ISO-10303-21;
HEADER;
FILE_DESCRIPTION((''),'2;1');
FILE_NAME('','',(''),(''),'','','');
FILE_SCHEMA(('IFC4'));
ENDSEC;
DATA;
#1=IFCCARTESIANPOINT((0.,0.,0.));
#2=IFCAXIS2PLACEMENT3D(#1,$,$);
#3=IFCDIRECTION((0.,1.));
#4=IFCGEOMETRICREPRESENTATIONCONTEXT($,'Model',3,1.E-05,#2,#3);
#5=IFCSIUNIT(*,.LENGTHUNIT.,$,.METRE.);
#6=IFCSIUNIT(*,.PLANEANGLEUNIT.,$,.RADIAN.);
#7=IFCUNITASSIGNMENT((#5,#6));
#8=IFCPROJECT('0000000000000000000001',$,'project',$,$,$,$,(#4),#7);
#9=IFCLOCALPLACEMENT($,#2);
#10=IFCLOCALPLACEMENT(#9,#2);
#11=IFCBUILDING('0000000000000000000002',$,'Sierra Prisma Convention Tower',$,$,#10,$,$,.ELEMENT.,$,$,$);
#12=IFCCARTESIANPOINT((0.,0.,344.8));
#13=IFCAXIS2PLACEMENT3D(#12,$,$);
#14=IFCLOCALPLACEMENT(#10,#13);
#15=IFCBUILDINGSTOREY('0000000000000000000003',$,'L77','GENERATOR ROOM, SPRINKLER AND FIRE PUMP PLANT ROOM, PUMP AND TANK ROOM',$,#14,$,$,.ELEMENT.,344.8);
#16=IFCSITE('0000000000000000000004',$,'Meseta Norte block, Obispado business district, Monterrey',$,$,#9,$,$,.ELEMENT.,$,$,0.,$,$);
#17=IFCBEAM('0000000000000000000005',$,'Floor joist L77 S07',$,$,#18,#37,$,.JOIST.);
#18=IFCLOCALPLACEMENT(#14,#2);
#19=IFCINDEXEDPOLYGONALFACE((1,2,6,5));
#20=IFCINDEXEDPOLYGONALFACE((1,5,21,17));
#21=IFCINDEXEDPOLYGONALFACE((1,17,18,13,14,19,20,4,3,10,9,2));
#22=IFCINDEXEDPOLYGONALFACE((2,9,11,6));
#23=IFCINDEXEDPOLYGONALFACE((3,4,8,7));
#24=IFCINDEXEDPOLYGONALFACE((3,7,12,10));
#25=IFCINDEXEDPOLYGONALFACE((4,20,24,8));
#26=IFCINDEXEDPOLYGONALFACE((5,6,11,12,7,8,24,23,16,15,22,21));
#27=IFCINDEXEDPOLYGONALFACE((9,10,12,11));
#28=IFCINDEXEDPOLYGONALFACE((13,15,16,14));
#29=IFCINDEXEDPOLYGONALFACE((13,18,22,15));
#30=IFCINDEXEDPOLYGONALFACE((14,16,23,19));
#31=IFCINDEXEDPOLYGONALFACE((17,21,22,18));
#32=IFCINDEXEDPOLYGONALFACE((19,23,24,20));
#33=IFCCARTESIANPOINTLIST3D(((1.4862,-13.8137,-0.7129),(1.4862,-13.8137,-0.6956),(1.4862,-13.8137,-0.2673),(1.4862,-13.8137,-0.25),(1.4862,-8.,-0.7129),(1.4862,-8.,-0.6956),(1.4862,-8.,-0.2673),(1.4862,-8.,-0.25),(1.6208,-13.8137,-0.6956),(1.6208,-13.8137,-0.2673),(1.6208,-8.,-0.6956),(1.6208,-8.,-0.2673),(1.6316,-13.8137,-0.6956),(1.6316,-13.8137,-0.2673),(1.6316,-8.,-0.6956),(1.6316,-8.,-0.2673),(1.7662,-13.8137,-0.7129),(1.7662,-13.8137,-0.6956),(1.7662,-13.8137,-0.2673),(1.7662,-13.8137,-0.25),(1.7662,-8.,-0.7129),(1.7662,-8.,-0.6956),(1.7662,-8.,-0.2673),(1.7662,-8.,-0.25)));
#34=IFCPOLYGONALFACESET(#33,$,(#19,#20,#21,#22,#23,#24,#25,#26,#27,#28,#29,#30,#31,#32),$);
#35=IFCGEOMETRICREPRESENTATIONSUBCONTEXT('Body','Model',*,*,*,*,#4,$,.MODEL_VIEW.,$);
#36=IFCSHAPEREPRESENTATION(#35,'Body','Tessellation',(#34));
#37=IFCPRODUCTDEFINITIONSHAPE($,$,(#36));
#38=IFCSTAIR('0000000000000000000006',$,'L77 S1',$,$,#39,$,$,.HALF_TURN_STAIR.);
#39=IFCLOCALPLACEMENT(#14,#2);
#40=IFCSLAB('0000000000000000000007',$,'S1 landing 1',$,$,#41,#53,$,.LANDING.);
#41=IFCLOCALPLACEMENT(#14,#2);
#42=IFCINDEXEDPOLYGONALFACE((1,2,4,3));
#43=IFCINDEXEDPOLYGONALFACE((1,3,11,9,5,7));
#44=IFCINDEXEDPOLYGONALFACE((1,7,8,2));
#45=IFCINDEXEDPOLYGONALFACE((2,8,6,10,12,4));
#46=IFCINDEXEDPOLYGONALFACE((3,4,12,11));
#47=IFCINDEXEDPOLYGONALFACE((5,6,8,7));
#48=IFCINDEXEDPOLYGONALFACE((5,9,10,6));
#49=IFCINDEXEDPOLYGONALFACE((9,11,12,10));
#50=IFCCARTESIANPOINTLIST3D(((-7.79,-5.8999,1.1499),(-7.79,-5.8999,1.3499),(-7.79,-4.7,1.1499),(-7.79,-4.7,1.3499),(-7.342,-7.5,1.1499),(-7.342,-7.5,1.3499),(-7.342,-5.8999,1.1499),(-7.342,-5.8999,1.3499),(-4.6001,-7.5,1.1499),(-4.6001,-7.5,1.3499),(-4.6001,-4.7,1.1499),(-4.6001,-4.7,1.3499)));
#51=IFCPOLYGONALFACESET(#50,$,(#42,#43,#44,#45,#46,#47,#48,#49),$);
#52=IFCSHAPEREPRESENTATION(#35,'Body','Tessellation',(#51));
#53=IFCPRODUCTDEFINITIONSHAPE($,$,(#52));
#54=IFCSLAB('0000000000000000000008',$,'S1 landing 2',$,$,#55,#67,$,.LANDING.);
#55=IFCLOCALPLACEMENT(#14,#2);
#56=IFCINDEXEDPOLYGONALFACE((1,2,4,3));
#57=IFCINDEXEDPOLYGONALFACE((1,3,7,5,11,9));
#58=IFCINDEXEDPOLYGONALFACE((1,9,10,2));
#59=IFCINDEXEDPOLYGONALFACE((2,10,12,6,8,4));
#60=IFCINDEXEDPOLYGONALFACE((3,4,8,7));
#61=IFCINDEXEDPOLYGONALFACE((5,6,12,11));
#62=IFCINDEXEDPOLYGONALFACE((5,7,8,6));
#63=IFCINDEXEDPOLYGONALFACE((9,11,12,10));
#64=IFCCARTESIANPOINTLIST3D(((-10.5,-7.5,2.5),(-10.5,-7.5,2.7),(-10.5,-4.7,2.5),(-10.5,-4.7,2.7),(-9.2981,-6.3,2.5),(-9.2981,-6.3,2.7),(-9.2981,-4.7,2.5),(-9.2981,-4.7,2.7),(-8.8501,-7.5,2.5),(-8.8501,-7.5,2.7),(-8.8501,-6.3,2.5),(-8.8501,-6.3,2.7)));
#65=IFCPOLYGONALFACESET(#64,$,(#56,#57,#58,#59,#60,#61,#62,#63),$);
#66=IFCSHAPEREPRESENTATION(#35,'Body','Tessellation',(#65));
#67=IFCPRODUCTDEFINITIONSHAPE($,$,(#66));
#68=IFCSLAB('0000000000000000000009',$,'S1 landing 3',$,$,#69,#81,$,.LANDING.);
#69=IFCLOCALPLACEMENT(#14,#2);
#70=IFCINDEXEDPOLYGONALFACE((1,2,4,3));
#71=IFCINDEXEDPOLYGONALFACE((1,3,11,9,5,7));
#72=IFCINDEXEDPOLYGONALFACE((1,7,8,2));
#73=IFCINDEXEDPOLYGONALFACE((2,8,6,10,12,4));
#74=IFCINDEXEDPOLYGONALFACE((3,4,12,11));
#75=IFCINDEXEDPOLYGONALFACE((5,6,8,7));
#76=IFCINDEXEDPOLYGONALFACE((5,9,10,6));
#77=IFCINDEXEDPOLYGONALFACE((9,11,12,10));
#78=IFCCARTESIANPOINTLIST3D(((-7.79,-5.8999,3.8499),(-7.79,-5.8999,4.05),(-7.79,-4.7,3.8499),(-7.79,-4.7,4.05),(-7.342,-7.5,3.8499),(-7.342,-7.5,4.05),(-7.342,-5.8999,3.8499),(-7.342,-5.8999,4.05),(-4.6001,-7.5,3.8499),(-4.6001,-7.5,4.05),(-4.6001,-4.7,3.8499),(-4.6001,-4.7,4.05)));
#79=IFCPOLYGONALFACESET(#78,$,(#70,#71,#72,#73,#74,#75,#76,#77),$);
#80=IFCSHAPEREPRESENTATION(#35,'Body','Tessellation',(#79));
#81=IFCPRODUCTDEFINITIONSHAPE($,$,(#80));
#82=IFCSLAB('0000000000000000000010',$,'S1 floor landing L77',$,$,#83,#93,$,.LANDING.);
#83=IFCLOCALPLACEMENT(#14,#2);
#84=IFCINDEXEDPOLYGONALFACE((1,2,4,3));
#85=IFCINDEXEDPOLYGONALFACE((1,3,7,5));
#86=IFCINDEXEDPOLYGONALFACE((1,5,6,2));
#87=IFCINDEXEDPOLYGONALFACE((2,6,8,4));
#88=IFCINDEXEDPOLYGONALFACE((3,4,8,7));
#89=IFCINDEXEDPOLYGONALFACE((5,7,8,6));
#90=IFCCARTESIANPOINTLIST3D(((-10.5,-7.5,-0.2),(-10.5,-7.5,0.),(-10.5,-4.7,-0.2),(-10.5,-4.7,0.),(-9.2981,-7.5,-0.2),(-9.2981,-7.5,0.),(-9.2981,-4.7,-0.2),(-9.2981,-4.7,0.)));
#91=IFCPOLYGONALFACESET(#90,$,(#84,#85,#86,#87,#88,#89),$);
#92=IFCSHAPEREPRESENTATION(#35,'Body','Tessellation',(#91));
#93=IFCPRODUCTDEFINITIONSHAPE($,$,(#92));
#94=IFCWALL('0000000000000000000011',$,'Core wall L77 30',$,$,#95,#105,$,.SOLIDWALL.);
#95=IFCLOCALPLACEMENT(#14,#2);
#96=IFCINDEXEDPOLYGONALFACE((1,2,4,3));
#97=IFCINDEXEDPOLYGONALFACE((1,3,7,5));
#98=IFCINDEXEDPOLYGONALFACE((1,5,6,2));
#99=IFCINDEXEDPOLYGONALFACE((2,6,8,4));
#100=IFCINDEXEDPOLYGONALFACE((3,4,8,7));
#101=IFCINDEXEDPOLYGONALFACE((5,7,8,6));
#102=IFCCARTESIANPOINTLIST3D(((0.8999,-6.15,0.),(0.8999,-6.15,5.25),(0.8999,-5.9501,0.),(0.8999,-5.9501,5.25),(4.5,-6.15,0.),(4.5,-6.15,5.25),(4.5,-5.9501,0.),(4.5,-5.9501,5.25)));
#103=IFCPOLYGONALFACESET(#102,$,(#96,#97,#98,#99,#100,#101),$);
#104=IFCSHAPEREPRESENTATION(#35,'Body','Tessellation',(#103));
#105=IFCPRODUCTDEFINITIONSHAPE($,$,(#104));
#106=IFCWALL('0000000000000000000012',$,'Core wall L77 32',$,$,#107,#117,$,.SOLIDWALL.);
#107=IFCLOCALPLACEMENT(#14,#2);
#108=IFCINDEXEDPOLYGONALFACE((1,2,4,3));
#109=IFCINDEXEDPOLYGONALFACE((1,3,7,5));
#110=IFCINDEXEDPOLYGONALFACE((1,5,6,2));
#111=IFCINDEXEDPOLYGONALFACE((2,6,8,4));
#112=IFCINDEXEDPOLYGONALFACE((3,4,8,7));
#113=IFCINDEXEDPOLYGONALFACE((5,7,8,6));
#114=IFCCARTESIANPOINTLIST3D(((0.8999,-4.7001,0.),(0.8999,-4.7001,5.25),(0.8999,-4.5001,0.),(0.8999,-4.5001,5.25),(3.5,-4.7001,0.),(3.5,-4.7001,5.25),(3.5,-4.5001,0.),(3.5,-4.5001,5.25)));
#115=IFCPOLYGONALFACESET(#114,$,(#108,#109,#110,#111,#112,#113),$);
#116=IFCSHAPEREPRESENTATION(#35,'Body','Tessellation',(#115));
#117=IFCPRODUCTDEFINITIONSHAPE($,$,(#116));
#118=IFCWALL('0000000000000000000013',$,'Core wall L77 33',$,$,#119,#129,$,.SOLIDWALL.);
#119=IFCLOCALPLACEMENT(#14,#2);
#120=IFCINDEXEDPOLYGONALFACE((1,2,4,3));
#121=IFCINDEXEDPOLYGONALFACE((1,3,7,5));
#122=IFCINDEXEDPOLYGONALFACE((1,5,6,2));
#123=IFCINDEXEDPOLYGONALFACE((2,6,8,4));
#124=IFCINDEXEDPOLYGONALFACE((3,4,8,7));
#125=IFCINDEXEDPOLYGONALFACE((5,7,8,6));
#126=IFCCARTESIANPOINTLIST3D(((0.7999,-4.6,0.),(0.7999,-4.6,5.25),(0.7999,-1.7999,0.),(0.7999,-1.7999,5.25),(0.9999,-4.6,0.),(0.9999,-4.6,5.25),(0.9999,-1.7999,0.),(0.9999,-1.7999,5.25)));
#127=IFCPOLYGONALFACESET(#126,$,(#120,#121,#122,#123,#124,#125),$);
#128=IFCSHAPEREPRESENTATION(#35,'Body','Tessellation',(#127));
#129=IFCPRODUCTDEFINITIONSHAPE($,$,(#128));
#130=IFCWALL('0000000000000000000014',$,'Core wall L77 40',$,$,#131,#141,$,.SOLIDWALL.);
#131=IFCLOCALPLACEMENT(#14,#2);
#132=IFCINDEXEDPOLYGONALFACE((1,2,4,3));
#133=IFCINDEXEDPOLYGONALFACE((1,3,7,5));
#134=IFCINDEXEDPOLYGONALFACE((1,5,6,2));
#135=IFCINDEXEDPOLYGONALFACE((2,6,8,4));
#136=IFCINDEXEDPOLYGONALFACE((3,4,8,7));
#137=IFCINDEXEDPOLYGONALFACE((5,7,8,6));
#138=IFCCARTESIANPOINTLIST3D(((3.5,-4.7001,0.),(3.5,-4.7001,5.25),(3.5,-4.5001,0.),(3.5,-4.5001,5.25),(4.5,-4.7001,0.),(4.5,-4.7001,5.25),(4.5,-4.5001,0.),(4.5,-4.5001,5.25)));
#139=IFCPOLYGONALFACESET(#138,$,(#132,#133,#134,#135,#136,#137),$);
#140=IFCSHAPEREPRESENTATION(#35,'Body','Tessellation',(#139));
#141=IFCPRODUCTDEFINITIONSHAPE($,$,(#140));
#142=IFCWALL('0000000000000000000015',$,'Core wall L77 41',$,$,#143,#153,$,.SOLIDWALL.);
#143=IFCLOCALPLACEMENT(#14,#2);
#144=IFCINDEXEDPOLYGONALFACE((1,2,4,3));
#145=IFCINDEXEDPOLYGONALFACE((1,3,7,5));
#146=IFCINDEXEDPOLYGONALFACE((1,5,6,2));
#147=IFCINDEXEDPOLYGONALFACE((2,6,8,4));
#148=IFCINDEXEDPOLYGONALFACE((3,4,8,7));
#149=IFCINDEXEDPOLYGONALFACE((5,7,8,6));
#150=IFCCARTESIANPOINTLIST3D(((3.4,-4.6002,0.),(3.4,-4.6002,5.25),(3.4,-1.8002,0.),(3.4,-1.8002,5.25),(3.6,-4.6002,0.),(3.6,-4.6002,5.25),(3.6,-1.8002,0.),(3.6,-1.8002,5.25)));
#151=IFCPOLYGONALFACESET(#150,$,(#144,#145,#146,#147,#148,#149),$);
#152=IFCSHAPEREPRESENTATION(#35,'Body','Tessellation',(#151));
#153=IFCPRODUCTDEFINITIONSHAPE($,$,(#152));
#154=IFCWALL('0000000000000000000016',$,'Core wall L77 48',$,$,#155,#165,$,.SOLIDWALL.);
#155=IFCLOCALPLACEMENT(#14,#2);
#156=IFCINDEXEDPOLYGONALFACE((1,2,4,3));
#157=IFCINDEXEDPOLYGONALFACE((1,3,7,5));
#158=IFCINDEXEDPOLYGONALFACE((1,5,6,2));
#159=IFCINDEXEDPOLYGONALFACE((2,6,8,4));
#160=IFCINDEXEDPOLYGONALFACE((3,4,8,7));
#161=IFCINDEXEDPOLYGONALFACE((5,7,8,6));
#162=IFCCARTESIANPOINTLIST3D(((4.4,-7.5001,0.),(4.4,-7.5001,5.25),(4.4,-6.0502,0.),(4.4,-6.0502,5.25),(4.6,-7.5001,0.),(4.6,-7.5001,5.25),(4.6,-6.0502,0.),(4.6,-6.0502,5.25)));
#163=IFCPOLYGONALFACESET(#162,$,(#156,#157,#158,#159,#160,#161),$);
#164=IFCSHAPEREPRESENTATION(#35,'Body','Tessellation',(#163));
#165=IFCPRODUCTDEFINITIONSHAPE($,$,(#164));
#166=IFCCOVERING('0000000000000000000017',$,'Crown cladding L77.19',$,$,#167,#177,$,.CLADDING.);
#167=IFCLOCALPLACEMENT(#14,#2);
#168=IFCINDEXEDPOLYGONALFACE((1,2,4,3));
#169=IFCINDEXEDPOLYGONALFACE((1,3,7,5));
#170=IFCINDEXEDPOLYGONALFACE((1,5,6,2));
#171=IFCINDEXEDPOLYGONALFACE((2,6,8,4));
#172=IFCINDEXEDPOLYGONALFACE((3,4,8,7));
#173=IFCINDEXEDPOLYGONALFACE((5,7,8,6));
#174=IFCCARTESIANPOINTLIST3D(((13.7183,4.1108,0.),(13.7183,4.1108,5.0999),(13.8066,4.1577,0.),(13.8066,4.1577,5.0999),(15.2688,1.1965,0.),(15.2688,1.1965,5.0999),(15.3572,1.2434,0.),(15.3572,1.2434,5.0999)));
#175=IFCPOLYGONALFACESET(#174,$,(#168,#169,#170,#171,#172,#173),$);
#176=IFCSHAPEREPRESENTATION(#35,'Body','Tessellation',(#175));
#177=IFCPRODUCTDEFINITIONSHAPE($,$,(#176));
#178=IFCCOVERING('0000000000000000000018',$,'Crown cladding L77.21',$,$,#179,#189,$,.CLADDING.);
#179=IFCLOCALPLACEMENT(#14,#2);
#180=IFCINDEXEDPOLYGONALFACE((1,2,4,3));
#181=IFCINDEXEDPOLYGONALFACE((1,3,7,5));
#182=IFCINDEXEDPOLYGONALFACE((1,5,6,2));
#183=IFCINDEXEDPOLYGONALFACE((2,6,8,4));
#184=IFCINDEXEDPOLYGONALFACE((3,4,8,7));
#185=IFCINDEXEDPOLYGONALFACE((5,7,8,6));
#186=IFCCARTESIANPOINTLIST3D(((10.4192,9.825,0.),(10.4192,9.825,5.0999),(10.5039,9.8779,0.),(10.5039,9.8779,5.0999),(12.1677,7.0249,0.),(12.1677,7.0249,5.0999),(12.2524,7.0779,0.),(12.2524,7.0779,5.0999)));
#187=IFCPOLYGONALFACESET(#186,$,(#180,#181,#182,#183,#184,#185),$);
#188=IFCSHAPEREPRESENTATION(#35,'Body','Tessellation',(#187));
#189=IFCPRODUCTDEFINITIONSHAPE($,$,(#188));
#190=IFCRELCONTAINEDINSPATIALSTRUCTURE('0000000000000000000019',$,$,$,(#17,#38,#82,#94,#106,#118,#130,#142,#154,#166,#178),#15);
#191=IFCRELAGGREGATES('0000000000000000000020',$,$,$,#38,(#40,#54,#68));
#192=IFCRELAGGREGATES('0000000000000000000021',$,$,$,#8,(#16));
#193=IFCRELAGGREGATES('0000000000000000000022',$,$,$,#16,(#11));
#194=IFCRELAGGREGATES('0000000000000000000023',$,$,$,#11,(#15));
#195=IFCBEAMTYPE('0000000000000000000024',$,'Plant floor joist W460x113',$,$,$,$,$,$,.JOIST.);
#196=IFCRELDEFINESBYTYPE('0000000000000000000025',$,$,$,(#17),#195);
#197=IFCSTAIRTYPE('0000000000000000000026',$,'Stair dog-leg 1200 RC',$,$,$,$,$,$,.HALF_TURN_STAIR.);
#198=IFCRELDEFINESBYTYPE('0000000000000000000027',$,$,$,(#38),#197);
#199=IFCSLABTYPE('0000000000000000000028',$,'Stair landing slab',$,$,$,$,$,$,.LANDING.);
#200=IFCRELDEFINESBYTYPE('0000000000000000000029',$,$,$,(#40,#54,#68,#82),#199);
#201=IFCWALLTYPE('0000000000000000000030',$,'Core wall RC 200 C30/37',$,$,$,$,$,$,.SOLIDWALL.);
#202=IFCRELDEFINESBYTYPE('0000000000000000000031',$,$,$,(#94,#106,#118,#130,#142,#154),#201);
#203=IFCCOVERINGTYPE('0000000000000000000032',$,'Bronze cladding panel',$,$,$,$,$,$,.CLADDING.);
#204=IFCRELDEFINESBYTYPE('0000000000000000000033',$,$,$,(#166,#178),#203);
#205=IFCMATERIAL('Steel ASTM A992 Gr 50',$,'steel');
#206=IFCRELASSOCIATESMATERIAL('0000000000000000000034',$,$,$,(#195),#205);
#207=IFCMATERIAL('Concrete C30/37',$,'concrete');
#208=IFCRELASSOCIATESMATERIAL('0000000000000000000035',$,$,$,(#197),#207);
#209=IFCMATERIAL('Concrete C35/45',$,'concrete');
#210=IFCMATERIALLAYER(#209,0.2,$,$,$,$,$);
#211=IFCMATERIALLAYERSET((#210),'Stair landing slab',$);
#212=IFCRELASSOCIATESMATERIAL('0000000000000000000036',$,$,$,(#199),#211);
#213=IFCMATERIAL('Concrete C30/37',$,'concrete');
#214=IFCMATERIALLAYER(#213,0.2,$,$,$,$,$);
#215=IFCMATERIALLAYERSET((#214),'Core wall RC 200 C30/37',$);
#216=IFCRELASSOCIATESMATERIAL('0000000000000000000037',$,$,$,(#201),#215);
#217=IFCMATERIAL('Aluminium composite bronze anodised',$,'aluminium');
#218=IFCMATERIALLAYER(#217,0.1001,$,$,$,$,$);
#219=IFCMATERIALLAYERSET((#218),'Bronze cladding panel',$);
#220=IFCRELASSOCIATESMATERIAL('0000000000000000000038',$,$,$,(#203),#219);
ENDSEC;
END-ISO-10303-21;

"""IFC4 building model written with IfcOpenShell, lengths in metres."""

from ifc_helpers import new_model, si_unit, direction, frame, frame_2d, origin, origin_2d, place, context, subcontext, project, spatial, polyline, rectangle, i_section, outline, extrude, material, layer, layer_set, material_profile, profile_set, type_object, element, aggregate, save


model = new_model("IFC4")

# Units and contexts
model_context = context("Model", 3, precision=1e-05, world=origin(), true_north=direction((0.0, 1.0)))
body_context = subcontext(model_context, "Body", "Model", "MODEL_VIEW")
ifc_project = project(units=[si_unit("LENGTHUNIT", "METRE"), si_unit("PLANEANGLEUNIT", "RADIAN")], contexts=[model_context])

# Site, building, storey
site_placement = place(None, origin())
site = spatial("IfcSite", under=ifc_project, at=site_placement, Name="Meseta Norte block, Obispado business district, Monterrey", CompositionType="ELEMENT", RefElevation=0.0)
building_placement = place(site_placement, origin())
building = spatial("IfcBuilding", under=site, at=building_placement, Name="Sierra Prisma Convention Tower", CompositionType="ELEMENT")
storey_placement = place(building_placement, frame((0.0, 0.0, 344.8)))
storey = spatial("IfcBuildingStorey", under=building, at=storey_placement, Name="L77", Description="GENERATOR ROOM, SPRINKLER AND FIRE PUMP PLANT ROOM, PUMP AND TANK ROOM", CompositionType="ELEMENT", Elevation=344.8)

# Beam
ifc_material_1 = material(Name="Steel ASTM A992 Gr 50", Category="steel")
ifc_material_profile_1 = material_profile(ifc_material_1, i_section(OverallWidth=0.28, OverallDepth=0.4629, WebThickness=0.0107, FlangeThickness=0.0173, at=origin_2d()), Name="W460x113")
ifc_profile_set_1 = profile_set([ifc_material_profile_1], Name="Steel ASTM A992 Gr 50")
beam_type_1 = type_object("IfcBeamType", Name="Plant floor joist W460x113", PredefinedType="JOIST", material=ifc_profile_set_1)
beam_1_placement = place(storey_placement, frame((1.6262, -13.8137, -0.4814), z_axis=(0.0, 1.0, 0.0), x_axis=(-1.0, 0.0, 0.0)))
element("IfcBeam", 1, at=beam_1_placement, inside=storey, type_object=beam_type_1, Name="Floor joist L77 S07", PredefinedType="JOIST", context=body_context, shape_type="SweptSolid", body=[
    extrude(i_section(OverallWidth=0.28, OverallDepth=0.4629, WebThickness=0.0107, FlangeThickness=0.0173, at=origin_2d()), origin(), (0.0, 0.0, 1.0), 5.8137),
])

# Stair, slabs
ifc_material_2 = material(Name="Concrete C30/37", Category="concrete")
stair_type = type_object("IfcStairType", Name="Stair dog-leg 1200 RC", PredefinedType="HALF_TURN_STAIR", material=ifc_material_2)
stair_placement = place(storey_placement, origin())
stair = element("IfcStair", 2, at=stair_placement, inside=storey, type_object=stair_type, Name="L77 S1", PredefinedType="HALF_TURN_STAIR")
ifc_material_3 = material(Name="Concrete C35/45", Category="concrete")
ifc_layer_1 = layer(ifc_material_3, 0.2)
ifc_layer_set_1 = layer_set([ifc_layer_1], Name="Stair landing slab")
slab_type = type_object("IfcSlabType", Name="Stair landing slab", PredefinedType="LANDING", material=ifc_layer_set_1)
slab_1_placement = place(storey_placement, frame((0.0, 0.0, 1.1499)))
slab_1 = element("IfcSlab", 3, at=slab_1_placement, type_object=slab_type, Name="S1 landing 1", PredefinedType="LANDING", context=body_context, shape_type="SweptSolid", body=[
    extrude(outline(polyline([(-4.6001, -4.7), (-4.6001, -7.5), (-7.342, -7.5), (-7.342, -5.8999), (-7.79, -5.8999), (-7.79, -4.7), (-4.6001, -4.7)])), origin(), (0.0, 0.0, 1.0), 0.2),
])
slab_2_placement = place(storey_placement, frame((0.0, 0.0, 2.5)))
slab_2 = element("IfcSlab", 4, at=slab_2_placement, type_object=slab_type, Name="S1 landing 2", PredefinedType="LANDING", context=body_context, shape_type="SweptSolid", body=[
    extrude(outline(polyline([(-10.5, -7.5), (-10.5, -4.7), (-9.2981, -4.7), (-9.2981, -6.3), (-8.8501, -6.3), (-8.8501, -7.5), (-10.5, -7.5)])), origin(), (0.0, 0.0, 1.0), 0.2),
])
slab_3_placement = place(storey_placement, frame((0.0, 0.0, 3.8499)))
slab_3 = element("IfcSlab", 5, at=slab_3_placement, type_object=slab_type, Name="S1 landing 3", PredefinedType="LANDING", context=body_context, shape_type="SweptSolid", body=[
    extrude(outline(polyline([(-4.6001, -4.7), (-4.6001, -7.5), (-7.342, -7.5), (-7.342, -5.8999), (-7.79, -5.8999), (-7.79, -4.7), (-4.6001, -4.7)])), origin(), (0.0, 0.0, 1.0), 0.2002),
])
aggregate(stair, [slab_1, slab_2, slab_3])

# Slab
slab_4_placement = place(storey_placement, frame((0.0, 0.0, -0.2)))
element("IfcSlab", 6, at=slab_4_placement, inside=storey, type_object=slab_type, Name="S1 floor landing L77", PredefinedType="LANDING", context=body_context, shape_type="SweptSolid", body=[
    extrude(outline(polyline([(-10.5, -7.5), (-9.2981, -7.5), (-9.2981, -4.7), (-10.5, -4.7), (-10.5, -7.5)])), origin(), (0.0, 0.0, 1.0), 0.2),
])

# Shared definitions
ifc_material_4 = material(Name="Concrete C30/37", Category="concrete")
ifc_layer_2 = layer(ifc_material_4, 0.2)
ifc_layer_set_2 = layer_set([ifc_layer_2], Name="Core wall RC 200 C30/37")
wall_type = type_object("IfcWallType", Name="Core wall RC 200 C30/37", PredefinedType="SOLIDWALL", material=ifc_layer_set_2)

# Wall
wall_1_placement = place(storey_placement, frame((4.5, -6.05, 0.0), z_axis=(0.0, 0.0, 1.0), x_axis=(-1.0, 0.0, 0.0)))
element("IfcWall", 7, at=wall_1_placement, inside=storey, type_object=wall_type, Name="Core wall L77 30", PredefinedType="SOLIDWALL", context=body_context, shape_type="SweptSolid", body=[
    extrude(rectangle(XDim=3.6001, YDim=0.2, at=frame_2d((1.8, 0.0))), origin(), (0.0, 0.0, 1.0), 5.25),
])

# Walls
wall_2_placement = place(storey_placement, frame((0.8999, -4.6001, 0.0), z_axis=(0.0, 0.0, 1.0), x_axis=(1.0, 0.0, 0.0)))
element("IfcWall", 8, at=wall_2_placement, inside=storey, type_object=wall_type, Name="Core wall L77 32", PredefinedType="SOLIDWALL", context=body_context, shape_type="SweptSolid", body=[
    extrude(rectangle(XDim=2.6001, YDim=0.2, at=frame_2d((1.3, 0.0))), origin(), (0.0, 0.0, 1.0), 5.25),
])
wall_3_placement = place(storey_placement, frame((0.8999, -1.8, 0.0), z_axis=(0.0, 0.0, 1.0), x_axis=(0.0, -1.0, 0.0)))
element("IfcWall", 9, at=wall_3_placement, inside=storey, type_object=wall_type, Name="Core wall L77 33", PredefinedType="SOLIDWALL", context=body_context, shape_type="SweptSolid", body=[
    extrude(rectangle(XDim=2.8, YDim=0.2, at=frame_2d((1.3999, 0.0))), origin(), (0.0, 0.0, 1.0), 5.25),
])

# Walls
wall_4_placement = place(storey_placement, frame((3.5, -4.6001, 0.0), z_axis=(0.0, 0.0, 1.0), x_axis=(1.0, 0.0, 0.0)))
element("IfcWall", 10, at=wall_4_placement, inside=storey, type_object=wall_type, Name="Core wall L77 40", PredefinedType="SOLIDWALL", context=body_context, shape_type="SweptSolid", body=[
    extrude(rectangle(XDim=1.0, YDim=0.2, at=frame_2d((0.5, 0.0))), origin(), (0.0, 0.0, 1.0), 5.25),
])
wall_5_placement = place(storey_placement, frame((3.5, -4.6001, 0.0), z_axis=(0.0, 0.0, 1.0), x_axis=(0.0, 1.0, 0.0)))
element("IfcWall", 11, at=wall_5_placement, inside=storey, type_object=wall_type, Name="Core wall L77 41", PredefinedType="SOLIDWALL", context=body_context, shape_type="SweptSolid", body=[
    extrude(rectangle(XDim=2.8, YDim=0.2, at=frame_2d((1.3999, 0.0))), origin(), (0.0, 0.0, 1.0), 5.25),
])
wall_6_placement = place(storey_placement, frame((4.5, -6.05, 0.0), z_axis=(0.0, 0.0, 1.0), x_axis=(0.0, -1.0, 0.0)))
element("IfcWall", 12, at=wall_6_placement, inside=storey, type_object=wall_type, Name="Core wall L77 48", PredefinedType="SOLIDWALL", context=body_context, shape_type="SweptSolid", body=[
    extrude(rectangle(XDim=1.45, YDim=0.2, at=frame_2d((0.7251, 0.0))), origin(), (0.0, 0.0, 1.0), 5.25),
])

# Coverings
ifc_material_5 = material(Name="Aluminium composite bronze anodised", Category="aluminium")
ifc_layer_3 = layer(ifc_material_5, 0.1001)
ifc_layer_set_3 = layer_set([ifc_layer_3], Name="Bronze cladding panel")
covering_type = type_object("IfcCoveringType", Name="Bronze cladding panel", PredefinedType="CLADDING", material=ifc_layer_set_3)
covering_1_placement = place(storey_placement, origin())
element("IfcCovering", 13, at=covering_1_placement, inside=storey, type_object=covering_type, Name="Crown cladding L77.19", PredefinedType="CLADDING", context=body_context, shape_type="SweptSolid", body=[
    extrude(outline(polyline([(15.2688, 1.1965), (13.7183, 4.1108), (13.8066, 4.1577), (15.3572, 1.2434), (15.2688, 1.1965)])), origin(), (0.0, 0.0, 1.0), 5.0999),
])
covering_2_placement = place(storey_placement, origin())
element("IfcCovering", 14, at=covering_2_placement, inside=storey, type_object=covering_type, Name="Crown cladding L77.21", PredefinedType="CLADDING", context=body_context, shape_type="SweptSolid", body=[
    extrude(outline(polyline([(12.1677, 7.0249), (10.4192, 9.825), (10.5039, 9.8779), (12.2524, 7.0779), (12.1677, 7.0249)])), origin(), (0.0, 0.0, 1.0), 5.0999),
])

save(model, "model.ifc")
